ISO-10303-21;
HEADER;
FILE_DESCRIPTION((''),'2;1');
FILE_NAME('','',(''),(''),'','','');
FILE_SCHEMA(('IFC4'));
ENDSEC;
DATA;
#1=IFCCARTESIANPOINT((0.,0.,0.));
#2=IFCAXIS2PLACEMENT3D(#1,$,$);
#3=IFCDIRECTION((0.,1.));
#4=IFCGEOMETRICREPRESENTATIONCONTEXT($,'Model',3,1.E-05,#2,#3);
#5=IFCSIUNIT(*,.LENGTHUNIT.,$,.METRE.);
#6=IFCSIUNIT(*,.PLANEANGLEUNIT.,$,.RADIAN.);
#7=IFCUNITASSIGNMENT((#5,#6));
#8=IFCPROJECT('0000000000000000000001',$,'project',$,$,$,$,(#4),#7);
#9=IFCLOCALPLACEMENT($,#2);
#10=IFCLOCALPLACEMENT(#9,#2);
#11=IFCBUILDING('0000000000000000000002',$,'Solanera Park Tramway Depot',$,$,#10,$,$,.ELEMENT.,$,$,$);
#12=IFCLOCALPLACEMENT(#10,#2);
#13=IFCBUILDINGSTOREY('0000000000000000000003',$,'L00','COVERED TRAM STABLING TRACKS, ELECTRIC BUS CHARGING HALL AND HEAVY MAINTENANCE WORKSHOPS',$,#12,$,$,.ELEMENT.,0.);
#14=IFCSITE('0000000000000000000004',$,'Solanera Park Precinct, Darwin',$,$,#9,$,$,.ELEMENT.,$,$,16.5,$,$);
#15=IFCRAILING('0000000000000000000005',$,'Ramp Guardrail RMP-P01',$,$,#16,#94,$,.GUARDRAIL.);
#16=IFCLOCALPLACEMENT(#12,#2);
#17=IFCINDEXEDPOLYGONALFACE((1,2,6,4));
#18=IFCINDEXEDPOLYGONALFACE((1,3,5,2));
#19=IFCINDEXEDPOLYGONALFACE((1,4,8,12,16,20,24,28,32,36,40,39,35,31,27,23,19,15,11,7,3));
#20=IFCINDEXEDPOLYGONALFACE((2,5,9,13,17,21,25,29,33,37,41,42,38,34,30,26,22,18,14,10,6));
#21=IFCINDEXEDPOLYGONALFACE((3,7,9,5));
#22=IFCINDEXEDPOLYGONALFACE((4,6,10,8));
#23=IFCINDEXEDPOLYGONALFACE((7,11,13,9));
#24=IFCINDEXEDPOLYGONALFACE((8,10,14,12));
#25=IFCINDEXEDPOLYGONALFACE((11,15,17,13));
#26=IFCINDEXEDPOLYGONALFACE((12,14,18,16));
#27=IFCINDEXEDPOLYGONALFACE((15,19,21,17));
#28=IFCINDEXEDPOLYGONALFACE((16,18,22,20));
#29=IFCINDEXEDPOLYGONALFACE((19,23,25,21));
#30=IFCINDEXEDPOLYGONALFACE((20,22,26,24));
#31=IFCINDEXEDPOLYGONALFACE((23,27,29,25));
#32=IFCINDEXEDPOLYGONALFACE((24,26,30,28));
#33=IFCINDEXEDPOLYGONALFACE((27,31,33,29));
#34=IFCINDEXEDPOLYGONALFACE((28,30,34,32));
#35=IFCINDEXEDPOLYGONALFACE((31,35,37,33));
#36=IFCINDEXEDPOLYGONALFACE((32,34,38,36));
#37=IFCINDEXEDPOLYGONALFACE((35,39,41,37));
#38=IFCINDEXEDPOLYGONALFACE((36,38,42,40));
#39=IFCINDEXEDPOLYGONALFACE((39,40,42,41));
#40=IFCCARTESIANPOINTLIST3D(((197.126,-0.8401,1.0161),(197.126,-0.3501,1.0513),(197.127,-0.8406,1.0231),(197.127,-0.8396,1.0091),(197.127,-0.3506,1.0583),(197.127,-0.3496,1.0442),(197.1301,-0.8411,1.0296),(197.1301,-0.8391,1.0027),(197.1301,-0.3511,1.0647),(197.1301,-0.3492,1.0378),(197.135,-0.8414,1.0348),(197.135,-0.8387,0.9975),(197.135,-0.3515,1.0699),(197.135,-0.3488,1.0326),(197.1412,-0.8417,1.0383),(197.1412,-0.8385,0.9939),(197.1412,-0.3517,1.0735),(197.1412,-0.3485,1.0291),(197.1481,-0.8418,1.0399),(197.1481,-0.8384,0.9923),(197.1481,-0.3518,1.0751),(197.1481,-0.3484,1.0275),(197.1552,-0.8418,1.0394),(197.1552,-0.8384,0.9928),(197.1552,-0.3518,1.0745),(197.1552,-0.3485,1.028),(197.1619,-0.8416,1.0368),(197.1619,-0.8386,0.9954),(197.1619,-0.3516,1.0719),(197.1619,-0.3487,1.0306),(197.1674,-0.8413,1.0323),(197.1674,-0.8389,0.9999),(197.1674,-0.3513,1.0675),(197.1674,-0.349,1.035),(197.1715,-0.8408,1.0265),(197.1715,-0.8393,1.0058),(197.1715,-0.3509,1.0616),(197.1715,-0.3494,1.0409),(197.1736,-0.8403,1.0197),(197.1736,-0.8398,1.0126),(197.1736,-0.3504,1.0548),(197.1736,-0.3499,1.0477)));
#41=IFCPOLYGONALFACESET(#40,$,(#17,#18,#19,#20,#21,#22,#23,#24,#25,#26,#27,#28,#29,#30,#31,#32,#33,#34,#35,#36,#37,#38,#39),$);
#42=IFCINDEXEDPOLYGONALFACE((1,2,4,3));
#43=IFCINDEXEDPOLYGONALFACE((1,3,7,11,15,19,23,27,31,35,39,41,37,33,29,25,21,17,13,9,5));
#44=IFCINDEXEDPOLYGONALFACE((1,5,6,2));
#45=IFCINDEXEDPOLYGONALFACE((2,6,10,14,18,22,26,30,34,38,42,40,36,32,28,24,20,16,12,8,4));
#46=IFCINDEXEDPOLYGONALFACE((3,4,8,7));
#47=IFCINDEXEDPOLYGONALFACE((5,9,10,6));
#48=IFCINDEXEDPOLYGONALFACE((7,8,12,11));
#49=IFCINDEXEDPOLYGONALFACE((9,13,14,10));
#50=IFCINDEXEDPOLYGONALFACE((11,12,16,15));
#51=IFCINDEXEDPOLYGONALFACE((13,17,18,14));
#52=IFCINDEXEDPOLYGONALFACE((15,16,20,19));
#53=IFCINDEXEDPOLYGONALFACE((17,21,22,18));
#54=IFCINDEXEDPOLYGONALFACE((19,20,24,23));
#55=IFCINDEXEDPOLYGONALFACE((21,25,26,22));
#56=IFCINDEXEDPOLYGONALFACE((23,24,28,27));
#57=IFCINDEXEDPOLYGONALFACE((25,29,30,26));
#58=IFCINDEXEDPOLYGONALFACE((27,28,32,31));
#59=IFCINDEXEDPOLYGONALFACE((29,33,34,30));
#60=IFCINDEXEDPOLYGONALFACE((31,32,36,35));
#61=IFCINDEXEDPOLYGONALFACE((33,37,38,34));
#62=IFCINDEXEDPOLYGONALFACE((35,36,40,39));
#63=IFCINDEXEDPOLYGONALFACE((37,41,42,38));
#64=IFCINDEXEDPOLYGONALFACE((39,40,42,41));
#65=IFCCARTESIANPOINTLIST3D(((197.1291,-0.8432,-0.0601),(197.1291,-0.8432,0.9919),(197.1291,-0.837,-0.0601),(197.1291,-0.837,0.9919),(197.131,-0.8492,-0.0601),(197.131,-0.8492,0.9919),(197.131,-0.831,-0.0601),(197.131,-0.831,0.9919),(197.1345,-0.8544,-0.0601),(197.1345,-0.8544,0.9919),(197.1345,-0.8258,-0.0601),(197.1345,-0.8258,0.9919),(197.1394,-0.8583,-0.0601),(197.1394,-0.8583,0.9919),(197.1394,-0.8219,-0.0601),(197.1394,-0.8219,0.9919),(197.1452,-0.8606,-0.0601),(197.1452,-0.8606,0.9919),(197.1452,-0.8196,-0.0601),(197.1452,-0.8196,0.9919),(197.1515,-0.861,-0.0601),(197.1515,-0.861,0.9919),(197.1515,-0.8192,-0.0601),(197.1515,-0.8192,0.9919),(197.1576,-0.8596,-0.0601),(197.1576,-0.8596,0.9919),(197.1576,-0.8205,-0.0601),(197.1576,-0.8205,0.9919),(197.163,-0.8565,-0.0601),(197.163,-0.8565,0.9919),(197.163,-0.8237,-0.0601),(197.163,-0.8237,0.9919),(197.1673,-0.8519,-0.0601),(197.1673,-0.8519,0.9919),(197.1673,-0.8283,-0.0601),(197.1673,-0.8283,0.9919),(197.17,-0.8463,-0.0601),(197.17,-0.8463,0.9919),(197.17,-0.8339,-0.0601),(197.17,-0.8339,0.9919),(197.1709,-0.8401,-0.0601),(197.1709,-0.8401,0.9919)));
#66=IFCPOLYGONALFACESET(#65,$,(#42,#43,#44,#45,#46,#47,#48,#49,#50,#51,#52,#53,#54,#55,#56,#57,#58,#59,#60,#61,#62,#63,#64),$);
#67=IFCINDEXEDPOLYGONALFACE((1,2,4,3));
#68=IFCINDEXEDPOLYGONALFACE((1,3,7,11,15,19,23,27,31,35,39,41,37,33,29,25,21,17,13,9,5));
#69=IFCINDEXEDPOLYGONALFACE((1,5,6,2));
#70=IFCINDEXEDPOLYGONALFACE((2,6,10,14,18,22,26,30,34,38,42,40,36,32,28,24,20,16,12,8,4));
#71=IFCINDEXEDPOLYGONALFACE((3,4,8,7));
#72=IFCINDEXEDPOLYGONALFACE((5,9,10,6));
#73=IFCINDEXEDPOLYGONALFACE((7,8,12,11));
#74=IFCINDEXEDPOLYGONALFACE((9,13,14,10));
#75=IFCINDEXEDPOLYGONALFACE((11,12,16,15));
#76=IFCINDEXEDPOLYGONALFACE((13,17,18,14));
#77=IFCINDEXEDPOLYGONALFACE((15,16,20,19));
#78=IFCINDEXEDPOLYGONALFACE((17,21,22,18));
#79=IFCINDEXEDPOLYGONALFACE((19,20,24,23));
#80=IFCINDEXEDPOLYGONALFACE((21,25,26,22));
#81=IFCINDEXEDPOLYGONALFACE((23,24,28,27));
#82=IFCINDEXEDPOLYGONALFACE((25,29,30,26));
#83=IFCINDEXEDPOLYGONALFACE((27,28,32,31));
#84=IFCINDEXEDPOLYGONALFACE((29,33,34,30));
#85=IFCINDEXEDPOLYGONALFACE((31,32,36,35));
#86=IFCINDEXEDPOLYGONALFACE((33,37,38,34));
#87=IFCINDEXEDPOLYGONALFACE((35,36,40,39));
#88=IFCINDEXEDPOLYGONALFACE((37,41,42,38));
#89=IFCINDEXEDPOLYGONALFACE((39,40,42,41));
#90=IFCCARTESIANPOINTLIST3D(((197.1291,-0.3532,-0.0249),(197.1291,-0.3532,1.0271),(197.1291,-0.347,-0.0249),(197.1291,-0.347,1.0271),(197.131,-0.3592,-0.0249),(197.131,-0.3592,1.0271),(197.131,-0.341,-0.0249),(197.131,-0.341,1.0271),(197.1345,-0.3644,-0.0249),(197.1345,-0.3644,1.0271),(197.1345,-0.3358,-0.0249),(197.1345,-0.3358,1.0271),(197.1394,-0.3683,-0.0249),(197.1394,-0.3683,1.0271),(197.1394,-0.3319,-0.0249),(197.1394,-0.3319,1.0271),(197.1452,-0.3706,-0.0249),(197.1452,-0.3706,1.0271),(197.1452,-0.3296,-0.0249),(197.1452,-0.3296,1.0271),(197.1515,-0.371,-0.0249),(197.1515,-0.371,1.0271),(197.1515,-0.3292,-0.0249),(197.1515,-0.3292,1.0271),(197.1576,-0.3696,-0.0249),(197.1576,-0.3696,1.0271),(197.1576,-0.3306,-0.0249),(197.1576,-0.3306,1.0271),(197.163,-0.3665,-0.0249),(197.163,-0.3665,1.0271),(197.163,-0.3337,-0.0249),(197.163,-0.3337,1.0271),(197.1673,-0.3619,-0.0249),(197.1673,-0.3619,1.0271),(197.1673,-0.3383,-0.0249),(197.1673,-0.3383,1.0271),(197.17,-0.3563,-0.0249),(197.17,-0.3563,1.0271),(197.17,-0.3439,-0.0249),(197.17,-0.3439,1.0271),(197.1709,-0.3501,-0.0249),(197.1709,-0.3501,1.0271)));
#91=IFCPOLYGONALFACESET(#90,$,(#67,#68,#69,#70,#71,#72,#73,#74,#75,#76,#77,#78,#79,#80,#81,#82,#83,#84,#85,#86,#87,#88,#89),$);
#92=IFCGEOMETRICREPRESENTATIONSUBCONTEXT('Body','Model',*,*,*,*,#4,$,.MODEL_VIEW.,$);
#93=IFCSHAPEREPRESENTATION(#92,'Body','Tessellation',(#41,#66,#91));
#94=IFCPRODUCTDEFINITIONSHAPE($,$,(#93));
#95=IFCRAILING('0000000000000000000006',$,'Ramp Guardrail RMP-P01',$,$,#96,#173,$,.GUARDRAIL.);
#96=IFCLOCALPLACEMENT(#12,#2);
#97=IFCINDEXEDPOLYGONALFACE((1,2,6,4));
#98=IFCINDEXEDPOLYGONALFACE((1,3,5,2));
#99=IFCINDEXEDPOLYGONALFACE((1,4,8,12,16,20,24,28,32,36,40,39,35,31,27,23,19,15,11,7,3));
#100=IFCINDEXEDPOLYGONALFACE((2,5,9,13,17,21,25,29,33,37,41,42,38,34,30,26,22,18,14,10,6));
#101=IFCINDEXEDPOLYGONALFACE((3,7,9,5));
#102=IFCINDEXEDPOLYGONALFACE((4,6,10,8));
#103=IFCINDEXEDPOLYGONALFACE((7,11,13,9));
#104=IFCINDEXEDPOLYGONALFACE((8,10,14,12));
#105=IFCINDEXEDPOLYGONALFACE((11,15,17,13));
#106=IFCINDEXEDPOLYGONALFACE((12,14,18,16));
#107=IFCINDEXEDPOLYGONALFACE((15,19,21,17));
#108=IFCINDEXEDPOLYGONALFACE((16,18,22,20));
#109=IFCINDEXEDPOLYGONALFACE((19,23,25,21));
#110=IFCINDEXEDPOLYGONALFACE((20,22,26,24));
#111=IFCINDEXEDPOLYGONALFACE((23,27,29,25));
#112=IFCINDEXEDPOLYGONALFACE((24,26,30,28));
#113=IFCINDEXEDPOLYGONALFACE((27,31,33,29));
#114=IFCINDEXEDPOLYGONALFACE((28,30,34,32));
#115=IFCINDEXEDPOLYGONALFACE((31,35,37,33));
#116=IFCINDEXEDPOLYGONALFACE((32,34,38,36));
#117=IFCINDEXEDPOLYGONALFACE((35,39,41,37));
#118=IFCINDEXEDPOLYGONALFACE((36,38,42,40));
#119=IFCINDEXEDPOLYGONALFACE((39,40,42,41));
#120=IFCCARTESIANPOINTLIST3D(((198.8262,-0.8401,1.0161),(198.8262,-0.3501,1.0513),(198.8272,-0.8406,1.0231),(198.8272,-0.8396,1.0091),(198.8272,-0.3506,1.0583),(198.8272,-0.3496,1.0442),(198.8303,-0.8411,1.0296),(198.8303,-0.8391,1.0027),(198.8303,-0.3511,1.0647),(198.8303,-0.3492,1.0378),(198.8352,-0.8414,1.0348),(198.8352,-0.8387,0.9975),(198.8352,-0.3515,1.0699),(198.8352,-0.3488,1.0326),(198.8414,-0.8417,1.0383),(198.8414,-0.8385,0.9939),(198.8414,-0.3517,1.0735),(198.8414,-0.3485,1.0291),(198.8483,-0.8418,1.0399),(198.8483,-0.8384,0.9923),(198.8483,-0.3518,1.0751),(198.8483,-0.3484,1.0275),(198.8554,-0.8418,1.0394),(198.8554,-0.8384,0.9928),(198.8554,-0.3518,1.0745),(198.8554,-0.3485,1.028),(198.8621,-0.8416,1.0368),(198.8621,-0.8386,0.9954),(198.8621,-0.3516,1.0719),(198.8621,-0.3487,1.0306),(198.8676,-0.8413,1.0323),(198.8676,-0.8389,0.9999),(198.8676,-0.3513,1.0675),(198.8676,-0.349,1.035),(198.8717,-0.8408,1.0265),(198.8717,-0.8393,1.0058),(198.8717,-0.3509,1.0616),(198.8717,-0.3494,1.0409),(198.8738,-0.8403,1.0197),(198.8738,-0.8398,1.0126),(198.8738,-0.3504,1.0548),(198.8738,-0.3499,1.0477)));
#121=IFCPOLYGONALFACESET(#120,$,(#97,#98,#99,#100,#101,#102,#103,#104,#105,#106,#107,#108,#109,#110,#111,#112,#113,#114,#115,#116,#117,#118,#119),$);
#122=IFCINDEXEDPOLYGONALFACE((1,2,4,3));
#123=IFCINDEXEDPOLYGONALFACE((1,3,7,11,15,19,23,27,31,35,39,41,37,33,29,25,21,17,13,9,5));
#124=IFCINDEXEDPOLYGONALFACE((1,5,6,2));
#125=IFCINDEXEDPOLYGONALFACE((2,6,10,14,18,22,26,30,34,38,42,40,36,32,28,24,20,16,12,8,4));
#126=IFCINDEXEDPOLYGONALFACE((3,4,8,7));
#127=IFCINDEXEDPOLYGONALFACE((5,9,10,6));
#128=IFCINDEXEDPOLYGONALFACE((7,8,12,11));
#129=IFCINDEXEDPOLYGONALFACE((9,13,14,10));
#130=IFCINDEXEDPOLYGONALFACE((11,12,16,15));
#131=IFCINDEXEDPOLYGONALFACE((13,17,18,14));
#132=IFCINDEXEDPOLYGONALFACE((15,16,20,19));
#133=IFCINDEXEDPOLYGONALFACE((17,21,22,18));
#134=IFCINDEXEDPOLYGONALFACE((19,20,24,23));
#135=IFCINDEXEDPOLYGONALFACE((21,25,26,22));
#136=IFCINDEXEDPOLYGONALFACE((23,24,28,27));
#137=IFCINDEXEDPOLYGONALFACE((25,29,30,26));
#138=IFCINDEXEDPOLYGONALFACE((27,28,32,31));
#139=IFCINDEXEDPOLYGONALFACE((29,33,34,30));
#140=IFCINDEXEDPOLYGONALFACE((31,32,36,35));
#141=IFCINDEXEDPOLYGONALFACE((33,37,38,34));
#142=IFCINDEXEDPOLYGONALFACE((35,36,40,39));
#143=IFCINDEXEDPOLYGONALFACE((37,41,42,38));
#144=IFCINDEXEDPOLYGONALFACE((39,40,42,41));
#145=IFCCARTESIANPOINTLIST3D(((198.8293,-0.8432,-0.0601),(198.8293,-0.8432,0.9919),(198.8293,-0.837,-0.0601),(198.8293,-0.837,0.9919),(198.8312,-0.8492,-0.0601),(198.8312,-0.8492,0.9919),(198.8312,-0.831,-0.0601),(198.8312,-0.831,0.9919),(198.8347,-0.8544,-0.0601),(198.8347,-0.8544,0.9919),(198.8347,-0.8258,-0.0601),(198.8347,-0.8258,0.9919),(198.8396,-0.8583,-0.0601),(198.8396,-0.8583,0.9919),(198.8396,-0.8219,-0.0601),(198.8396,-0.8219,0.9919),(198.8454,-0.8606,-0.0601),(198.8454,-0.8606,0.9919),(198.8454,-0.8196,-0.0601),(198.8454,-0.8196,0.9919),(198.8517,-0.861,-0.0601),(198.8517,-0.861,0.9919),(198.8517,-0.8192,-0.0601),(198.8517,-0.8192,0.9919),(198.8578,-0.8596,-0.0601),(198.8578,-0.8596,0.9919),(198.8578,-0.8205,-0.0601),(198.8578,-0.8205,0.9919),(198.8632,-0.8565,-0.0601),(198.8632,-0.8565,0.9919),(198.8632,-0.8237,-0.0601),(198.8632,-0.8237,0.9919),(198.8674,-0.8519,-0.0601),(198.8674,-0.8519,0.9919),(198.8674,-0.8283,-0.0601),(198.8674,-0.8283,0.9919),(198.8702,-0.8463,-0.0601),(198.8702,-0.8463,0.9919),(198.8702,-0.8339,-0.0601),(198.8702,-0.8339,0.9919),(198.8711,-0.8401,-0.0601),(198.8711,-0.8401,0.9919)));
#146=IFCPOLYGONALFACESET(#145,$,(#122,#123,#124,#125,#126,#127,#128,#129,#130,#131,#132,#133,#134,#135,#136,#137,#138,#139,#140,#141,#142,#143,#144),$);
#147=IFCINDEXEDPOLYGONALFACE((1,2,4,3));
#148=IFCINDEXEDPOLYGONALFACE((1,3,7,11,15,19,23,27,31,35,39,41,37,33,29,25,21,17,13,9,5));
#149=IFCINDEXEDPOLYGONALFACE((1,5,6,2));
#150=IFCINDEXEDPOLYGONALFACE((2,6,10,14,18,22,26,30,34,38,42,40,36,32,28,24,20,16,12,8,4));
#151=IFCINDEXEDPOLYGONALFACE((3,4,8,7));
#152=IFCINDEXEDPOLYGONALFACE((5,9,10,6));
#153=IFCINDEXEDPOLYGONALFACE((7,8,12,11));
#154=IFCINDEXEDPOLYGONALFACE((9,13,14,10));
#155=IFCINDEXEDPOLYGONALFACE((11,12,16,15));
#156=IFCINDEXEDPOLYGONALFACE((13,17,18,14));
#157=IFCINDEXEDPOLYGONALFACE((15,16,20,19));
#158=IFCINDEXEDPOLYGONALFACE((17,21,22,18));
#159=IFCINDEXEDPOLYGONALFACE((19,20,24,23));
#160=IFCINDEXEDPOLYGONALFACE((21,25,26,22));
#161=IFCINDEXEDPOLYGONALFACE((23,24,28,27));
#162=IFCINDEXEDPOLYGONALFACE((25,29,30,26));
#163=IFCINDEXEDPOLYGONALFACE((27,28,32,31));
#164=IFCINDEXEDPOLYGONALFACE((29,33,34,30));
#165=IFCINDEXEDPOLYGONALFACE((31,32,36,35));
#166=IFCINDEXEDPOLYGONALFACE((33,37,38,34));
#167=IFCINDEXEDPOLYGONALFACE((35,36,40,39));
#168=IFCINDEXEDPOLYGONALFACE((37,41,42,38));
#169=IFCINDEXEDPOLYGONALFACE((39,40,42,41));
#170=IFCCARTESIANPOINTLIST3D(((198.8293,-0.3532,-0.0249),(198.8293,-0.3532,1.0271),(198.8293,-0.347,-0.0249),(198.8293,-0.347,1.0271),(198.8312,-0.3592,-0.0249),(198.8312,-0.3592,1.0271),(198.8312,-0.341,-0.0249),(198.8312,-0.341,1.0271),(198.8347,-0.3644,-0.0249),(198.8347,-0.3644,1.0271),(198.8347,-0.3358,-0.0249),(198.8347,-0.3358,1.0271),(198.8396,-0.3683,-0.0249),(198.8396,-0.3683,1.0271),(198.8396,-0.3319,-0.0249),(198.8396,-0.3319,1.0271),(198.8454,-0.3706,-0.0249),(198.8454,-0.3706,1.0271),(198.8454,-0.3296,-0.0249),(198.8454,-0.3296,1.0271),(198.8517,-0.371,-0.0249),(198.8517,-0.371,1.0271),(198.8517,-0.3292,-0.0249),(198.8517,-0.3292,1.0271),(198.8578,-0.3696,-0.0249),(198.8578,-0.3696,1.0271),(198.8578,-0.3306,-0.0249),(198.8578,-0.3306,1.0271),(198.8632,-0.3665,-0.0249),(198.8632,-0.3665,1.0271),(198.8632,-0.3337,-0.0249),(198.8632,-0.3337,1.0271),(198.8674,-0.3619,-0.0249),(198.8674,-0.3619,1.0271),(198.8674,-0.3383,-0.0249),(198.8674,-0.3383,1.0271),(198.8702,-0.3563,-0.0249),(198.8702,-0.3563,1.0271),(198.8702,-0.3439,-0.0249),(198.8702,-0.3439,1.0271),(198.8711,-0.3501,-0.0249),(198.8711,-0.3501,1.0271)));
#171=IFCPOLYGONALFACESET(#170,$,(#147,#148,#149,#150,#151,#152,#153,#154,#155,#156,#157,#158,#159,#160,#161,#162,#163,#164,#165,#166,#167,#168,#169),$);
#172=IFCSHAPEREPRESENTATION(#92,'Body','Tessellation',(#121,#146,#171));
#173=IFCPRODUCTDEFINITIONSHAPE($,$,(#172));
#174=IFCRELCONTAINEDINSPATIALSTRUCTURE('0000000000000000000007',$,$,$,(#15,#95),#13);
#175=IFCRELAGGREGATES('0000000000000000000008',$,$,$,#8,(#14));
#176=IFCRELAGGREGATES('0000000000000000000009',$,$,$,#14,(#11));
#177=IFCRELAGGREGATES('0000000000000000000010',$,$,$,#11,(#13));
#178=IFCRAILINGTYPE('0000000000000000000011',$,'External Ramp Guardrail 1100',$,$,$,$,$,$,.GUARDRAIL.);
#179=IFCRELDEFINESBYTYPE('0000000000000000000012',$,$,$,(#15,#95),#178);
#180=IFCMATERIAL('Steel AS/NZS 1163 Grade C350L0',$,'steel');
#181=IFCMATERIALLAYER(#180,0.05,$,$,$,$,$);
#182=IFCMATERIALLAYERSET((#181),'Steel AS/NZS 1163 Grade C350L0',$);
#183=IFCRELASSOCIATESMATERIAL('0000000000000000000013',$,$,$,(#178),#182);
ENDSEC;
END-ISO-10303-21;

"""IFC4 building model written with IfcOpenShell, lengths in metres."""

from ifc_helpers import new_model, si_unit, direction, frame, origin, origin_2d, place, context, subcontext, project, spatial, circle, extrude, material, layer, layer_set, type_object, element, save


model = new_model("IFC4")

# Units and contexts
model_context = context("Model", 3, precision=1e-05, world=origin(), true_north=direction((0.0, 1.0)))
body_context = subcontext(model_context, "Body", "Model", "MODEL_VIEW")
ifc_project = project(units=[si_unit("LENGTHUNIT", "METRE"), si_unit("PLANEANGLEUNIT", "RADIAN")], contexts=[model_context])

# Site, building, storey
site_placement = place(None, origin())
site = spatial("IfcSite", under=ifc_project, at=site_placement, Name="Solanera Park Precinct, Darwin", CompositionType="ELEMENT", RefElevation=16.5)
building_placement = place(site_placement, origin())
building = spatial("IfcBuilding", under=site, at=building_placement, Name="Solanera Park Tramway Depot", CompositionType="ELEMENT")
storey_placement = place(building_placement, origin())
storey = spatial("IfcBuildingStorey", under=building, at=storey_placement, Name="L00", Description="COVERED TRAM STABLING TRACKS, ELECTRIC BUS CHARGING HALL AND HEAVY MAINTENANCE WORKSHOPS", CompositionType="ELEMENT", Elevation=0.0)

# Railings
ifc_material_1 = material(Name="Steel AS/NZS 1163 Grade C350L0", Category="steel")
ifc_layer_1 = layer(ifc_material_1, 0.05)
ifc_layer_set_1 = layer_set([ifc_layer_1], Name="Steel AS/NZS 1163 Grade C350L0")
railing_type = type_object("IfcRailingType", Name="External Ramp Guardrail 1100", PredefinedType="GUARDRAIL", material=ifc_layer_set_1)
for number, where, name in (
    (1, (197.1499, -0.8401, -0.0601), "Ramp Guardrail RMP-P01"),
    (2, (198.8501, -0.8401, -0.0601), "Ramp Guardrail RMP-P01"),
):
    element("IfcRailing", number, at=place(storey_placement, frame(where)), inside=storey, type_object=railing_type, Name=name, PredefinedType="GUARDRAIL", context=body_context, shape_type="SweptSolid", body=[
        extrude(circle(Radius=0.0239, at=origin_2d()), frame((0.0, 0.0, 1.0762), z_axis=(0.0, 0.997436, 0.071565), x_axis=(-1.0, 0.0, 0.0)), (0.0, 0.0, 1.0), 0.4912),
        extrude(circle(Radius=0.021, at=origin_2d()), origin(), (0.0, 0.0, 1.0), 1.052),
        extrude(circle(Radius=0.021, at=origin_2d()), frame((0.0, 0.49, 0.0352)), (0.0, 0.0, 1.0), 1.052),
    ])

save(model, "model.ifc")
